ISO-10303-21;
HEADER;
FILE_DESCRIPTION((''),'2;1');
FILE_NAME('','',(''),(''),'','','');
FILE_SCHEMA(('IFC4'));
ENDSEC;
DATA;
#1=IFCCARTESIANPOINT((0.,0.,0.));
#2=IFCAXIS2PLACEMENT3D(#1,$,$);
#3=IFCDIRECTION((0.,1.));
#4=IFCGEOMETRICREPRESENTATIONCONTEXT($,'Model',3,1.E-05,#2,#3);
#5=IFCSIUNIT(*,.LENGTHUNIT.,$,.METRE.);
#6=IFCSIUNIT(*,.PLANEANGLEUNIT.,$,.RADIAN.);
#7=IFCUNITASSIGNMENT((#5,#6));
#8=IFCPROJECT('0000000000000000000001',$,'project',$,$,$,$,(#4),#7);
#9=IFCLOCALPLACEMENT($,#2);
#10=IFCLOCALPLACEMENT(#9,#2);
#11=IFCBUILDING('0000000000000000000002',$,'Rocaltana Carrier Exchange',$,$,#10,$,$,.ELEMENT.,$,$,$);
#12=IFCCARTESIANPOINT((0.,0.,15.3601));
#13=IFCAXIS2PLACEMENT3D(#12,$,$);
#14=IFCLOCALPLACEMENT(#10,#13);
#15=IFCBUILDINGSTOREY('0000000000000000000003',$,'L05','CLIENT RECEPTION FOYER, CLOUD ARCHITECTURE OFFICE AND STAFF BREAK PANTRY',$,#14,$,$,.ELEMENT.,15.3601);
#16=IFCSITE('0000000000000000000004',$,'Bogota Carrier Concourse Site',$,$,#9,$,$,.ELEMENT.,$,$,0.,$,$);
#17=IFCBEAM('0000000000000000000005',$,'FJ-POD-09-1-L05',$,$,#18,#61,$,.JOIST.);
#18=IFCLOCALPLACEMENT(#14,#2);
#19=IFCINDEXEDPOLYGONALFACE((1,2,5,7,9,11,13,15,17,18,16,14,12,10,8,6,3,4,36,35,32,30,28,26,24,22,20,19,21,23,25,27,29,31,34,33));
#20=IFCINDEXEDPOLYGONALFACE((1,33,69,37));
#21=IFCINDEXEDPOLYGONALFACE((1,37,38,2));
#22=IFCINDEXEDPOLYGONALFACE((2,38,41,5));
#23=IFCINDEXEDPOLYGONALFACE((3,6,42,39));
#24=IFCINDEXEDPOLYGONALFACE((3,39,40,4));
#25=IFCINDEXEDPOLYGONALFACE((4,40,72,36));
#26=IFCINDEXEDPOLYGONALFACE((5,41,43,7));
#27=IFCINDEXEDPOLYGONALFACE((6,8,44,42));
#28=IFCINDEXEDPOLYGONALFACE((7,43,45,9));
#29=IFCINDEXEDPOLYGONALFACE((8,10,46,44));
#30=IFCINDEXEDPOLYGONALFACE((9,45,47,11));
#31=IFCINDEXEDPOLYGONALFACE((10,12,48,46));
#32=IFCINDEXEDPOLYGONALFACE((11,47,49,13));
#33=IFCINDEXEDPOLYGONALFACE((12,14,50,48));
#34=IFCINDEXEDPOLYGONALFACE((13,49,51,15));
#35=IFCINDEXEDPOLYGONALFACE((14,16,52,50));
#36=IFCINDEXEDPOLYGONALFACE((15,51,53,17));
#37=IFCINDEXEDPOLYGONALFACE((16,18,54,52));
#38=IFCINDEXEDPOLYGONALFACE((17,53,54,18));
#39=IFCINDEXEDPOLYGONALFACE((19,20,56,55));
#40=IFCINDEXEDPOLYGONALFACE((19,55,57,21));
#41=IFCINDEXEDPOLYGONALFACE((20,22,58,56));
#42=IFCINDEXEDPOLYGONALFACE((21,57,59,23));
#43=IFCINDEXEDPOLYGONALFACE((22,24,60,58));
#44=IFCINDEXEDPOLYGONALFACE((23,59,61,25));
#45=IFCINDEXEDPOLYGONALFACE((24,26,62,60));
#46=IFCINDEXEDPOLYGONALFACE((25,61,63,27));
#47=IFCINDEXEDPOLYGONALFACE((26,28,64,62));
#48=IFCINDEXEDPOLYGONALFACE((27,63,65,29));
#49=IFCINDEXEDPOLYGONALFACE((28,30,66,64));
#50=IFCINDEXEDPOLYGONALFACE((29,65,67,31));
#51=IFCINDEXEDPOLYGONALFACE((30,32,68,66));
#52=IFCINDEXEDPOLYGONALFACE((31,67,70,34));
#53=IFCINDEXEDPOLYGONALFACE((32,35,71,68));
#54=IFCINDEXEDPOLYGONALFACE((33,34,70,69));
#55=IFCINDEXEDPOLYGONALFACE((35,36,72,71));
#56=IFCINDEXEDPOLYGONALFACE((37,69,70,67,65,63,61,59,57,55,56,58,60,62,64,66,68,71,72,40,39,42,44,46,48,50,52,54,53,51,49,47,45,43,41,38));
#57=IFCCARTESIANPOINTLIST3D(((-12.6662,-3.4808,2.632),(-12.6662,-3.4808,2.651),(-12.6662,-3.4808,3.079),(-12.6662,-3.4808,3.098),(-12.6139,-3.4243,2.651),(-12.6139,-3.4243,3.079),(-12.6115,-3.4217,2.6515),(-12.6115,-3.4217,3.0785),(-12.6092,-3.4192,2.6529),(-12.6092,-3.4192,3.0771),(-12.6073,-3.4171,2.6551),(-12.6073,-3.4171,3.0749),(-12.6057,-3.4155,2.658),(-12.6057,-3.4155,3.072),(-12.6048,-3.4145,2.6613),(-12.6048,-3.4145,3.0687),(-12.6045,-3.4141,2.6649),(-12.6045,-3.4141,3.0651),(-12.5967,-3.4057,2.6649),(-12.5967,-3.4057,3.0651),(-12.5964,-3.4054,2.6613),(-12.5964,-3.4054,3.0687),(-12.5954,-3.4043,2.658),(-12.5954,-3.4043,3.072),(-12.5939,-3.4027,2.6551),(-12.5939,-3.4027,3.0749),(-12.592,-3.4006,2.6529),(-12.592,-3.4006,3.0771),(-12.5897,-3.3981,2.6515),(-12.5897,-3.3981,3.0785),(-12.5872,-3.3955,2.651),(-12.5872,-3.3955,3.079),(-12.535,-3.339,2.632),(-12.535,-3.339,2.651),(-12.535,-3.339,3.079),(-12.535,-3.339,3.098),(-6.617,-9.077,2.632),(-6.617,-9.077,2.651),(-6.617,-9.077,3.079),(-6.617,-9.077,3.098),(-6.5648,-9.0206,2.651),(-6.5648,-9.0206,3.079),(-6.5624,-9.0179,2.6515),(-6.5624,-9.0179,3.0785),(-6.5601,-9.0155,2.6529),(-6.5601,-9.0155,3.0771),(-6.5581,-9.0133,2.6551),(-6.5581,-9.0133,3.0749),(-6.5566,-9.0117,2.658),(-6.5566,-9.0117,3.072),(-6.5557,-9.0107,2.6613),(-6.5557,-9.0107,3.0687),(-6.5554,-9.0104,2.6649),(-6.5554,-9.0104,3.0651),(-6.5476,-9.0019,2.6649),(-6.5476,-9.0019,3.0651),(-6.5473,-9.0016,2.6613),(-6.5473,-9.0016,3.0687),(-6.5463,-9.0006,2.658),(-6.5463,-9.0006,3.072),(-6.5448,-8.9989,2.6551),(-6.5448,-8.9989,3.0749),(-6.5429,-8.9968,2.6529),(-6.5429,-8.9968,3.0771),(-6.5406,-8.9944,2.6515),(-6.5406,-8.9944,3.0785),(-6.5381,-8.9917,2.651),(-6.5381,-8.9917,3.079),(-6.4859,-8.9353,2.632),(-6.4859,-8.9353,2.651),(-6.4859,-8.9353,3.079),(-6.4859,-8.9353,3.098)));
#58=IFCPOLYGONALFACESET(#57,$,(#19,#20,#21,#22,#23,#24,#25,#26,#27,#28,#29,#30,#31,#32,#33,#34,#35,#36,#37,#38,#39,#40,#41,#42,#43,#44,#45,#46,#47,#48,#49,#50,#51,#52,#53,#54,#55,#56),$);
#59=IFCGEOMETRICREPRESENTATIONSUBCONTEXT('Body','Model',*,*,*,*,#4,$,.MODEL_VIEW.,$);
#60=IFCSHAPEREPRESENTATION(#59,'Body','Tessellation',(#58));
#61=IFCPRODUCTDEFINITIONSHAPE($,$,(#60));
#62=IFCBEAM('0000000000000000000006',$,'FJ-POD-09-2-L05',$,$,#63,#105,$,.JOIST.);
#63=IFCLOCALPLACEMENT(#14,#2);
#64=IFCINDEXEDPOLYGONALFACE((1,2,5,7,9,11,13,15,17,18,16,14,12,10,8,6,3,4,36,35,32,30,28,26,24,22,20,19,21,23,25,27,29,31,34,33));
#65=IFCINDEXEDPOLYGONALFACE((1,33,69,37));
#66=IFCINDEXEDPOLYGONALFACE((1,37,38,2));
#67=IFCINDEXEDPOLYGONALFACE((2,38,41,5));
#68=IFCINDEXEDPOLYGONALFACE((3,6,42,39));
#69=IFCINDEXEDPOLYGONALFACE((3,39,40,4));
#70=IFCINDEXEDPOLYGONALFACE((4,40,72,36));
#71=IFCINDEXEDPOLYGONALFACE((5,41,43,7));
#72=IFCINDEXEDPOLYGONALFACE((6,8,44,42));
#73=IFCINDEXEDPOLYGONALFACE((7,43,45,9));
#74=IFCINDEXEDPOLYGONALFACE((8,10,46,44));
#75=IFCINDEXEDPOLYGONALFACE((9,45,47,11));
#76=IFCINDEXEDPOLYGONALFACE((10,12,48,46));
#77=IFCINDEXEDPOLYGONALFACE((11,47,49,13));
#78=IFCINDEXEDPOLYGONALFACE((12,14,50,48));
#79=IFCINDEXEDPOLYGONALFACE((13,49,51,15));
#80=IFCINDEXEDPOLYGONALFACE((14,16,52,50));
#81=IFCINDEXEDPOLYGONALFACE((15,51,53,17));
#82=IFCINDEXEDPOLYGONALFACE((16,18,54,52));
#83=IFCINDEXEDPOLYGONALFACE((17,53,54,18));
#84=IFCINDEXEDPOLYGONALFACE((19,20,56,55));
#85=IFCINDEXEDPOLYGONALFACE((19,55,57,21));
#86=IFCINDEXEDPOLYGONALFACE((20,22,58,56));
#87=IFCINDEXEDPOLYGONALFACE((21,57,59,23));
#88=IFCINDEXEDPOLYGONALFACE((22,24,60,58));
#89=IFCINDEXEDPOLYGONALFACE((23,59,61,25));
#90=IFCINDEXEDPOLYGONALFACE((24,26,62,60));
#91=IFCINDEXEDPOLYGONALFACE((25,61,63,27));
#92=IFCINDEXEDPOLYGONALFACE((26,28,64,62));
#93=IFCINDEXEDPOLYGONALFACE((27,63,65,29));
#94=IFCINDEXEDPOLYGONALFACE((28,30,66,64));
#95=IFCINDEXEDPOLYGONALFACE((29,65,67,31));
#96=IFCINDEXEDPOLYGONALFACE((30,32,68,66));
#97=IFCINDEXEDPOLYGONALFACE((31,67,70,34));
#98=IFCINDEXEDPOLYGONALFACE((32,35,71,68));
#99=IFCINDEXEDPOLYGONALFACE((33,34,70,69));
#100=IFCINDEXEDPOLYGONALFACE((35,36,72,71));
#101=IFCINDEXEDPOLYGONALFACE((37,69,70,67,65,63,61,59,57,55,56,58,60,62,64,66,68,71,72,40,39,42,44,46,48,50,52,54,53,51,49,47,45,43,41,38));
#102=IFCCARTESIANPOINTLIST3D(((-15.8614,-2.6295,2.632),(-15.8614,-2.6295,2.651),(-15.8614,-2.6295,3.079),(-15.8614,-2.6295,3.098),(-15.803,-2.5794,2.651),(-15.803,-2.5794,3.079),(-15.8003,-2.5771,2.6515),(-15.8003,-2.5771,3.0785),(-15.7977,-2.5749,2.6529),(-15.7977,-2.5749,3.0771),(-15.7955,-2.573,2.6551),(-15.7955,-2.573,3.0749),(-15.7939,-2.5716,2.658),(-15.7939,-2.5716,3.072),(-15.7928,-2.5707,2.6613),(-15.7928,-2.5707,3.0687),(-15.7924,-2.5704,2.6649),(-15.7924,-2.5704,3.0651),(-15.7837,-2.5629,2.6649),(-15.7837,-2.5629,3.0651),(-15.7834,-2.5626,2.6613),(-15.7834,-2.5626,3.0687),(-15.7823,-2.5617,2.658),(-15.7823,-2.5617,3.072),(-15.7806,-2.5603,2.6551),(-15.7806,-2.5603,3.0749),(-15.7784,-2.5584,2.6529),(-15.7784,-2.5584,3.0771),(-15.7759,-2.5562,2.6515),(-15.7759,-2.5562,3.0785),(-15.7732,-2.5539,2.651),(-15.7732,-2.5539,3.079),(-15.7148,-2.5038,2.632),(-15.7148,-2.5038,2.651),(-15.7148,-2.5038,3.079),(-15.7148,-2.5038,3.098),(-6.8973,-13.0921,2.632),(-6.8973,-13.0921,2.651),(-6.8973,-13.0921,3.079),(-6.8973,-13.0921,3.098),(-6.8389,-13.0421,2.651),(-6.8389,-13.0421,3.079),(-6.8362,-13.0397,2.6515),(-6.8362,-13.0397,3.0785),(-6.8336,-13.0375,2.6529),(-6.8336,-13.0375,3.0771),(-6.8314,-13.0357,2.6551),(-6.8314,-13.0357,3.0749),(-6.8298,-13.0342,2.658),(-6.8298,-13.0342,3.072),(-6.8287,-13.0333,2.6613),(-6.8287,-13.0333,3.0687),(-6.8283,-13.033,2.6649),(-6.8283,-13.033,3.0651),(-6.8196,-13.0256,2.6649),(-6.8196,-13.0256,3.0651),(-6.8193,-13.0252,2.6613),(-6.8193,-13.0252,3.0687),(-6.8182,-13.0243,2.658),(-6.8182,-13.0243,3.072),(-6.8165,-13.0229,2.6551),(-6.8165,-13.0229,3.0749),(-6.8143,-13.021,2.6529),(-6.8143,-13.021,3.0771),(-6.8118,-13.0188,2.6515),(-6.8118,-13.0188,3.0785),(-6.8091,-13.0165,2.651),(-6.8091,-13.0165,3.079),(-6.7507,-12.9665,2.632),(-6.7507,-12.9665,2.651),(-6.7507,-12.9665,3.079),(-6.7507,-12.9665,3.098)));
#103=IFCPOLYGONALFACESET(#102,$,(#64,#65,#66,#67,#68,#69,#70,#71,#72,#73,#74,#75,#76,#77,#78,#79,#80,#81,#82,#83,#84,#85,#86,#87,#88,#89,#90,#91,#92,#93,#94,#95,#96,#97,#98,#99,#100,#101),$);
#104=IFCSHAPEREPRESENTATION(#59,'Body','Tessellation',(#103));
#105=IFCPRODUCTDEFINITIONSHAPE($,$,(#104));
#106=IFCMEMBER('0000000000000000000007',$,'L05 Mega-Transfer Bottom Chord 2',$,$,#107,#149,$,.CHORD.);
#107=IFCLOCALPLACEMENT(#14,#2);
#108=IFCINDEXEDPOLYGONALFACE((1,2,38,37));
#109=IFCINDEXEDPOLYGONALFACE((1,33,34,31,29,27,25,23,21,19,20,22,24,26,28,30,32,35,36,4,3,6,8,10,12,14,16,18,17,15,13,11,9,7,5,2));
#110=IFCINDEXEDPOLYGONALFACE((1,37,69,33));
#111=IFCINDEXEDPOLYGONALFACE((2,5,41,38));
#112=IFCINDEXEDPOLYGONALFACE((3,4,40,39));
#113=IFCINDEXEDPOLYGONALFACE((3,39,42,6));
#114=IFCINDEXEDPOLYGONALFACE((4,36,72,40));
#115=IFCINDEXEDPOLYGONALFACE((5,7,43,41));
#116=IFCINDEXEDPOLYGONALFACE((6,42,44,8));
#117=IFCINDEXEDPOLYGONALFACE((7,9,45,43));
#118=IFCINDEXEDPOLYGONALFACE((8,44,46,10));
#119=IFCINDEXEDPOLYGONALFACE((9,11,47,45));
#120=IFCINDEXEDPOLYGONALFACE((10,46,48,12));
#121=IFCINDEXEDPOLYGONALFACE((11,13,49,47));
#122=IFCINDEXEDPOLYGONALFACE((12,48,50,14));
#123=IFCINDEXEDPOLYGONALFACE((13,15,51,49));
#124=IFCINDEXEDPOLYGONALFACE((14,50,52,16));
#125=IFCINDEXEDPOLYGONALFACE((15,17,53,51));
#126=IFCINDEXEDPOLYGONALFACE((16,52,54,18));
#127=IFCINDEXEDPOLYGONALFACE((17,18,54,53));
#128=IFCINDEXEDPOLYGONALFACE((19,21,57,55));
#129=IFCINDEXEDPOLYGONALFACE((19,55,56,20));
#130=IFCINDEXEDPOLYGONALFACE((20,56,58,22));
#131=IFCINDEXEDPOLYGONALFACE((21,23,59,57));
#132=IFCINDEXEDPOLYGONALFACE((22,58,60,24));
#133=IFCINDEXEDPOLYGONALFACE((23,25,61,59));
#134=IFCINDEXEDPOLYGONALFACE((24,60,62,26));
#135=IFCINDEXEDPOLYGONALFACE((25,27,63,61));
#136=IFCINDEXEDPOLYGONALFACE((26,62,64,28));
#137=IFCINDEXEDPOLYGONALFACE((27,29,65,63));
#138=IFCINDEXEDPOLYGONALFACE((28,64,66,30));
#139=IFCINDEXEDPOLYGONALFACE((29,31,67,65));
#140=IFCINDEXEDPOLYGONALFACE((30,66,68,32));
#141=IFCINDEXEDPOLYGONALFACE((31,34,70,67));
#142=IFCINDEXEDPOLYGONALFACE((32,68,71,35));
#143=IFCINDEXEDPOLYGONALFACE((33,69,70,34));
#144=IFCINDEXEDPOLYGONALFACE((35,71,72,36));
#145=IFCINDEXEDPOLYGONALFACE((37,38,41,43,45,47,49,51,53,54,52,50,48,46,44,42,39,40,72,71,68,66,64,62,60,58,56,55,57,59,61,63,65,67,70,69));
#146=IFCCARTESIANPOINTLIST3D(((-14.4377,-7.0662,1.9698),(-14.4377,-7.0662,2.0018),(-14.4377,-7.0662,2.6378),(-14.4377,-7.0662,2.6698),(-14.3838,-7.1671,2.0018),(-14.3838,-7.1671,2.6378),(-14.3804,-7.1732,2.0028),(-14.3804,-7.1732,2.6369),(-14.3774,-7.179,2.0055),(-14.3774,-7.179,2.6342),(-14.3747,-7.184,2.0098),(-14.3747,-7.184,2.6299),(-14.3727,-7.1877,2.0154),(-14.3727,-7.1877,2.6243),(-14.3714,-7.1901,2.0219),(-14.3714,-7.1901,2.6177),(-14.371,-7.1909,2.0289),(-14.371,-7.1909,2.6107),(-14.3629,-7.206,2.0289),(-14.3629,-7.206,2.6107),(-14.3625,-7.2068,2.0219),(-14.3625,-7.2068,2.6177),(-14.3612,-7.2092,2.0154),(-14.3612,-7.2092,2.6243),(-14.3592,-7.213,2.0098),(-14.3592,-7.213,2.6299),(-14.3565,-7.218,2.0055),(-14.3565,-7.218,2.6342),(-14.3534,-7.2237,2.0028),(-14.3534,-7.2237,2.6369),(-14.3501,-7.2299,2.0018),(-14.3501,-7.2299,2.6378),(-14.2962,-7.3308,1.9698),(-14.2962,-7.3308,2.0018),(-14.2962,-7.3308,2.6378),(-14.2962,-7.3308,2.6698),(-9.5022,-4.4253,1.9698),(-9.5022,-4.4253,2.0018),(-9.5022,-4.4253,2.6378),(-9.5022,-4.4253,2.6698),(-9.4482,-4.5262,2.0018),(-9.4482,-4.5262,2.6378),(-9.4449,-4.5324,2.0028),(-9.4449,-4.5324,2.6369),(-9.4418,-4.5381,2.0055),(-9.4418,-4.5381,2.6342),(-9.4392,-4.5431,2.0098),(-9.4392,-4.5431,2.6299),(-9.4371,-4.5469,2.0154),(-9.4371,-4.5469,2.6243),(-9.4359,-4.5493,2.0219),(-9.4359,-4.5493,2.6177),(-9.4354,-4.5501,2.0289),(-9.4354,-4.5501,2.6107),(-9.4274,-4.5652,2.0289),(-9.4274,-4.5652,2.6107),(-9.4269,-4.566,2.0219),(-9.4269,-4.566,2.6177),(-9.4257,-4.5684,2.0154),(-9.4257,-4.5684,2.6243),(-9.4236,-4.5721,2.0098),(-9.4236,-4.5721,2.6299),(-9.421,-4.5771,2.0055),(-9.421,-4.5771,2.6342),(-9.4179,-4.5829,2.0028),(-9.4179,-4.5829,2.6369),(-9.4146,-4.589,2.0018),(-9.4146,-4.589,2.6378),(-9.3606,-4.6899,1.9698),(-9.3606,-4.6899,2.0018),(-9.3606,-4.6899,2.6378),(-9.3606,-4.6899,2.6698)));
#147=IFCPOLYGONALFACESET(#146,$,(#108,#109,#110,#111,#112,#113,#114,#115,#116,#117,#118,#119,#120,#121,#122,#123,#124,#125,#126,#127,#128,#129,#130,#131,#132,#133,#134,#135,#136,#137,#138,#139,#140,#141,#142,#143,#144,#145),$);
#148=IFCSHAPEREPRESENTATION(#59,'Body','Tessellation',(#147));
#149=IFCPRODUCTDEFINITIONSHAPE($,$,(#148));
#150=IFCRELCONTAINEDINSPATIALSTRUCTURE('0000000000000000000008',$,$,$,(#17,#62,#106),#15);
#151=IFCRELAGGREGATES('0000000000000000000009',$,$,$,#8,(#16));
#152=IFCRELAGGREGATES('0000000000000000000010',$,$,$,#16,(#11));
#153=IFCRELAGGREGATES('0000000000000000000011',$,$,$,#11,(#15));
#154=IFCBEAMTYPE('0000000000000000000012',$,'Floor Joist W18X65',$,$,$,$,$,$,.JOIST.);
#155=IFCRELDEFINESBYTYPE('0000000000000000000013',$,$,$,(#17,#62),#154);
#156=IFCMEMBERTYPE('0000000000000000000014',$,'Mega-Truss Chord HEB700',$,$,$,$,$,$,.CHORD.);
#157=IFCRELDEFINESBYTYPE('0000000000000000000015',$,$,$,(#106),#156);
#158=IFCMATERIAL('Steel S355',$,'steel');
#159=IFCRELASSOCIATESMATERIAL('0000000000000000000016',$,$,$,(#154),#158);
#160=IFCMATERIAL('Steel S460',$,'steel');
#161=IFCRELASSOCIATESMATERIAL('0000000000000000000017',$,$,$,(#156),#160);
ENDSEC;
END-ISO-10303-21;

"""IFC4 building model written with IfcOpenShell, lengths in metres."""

from ifc_helpers import new_model, si_unit, direction, frame, origin, origin_2d, place, context, subcontext, project, spatial, i_section, extrude, material, material_profile, profile_set, type_object, element, save


model = new_model("IFC4")

# Units and contexts
model_context = context("Model", 3, precision=1e-05, world=origin(), true_north=direction((0.0, 1.0)))
body_context = subcontext(model_context, "Body", "Model", "MODEL_VIEW")
ifc_project = project(units=[si_unit("LENGTHUNIT", "METRE"), si_unit("PLANEANGLEUNIT", "RADIAN")], contexts=[model_context])

# Site, building, storey
site_placement = place(None, origin())
site = spatial("IfcSite", under=ifc_project, at=site_placement, Name="Bogota Carrier Concourse Site", CompositionType="ELEMENT", RefElevation=0.0)
building_placement = place(site_placement, origin())
building = spatial("IfcBuilding", under=site, at=building_placement, Name="Rocaltana Carrier Exchange", CompositionType="ELEMENT")
storey_placement = place(building_placement, frame((0.0, 0.0, 15.3601)))
storey = spatial("IfcBuildingStorey", under=building, at=storey_placement, Name="L05", Description="CLIENT RECEPTION FOYER, CLOUD ARCHITECTURE OFFICE AND STAFF BREAK PANTRY", CompositionType="ELEMENT", Elevation=15.3601)

# Beams
ifc_material_1 = material(Name="Steel S355", Category="steel")
ifc_material_profile_1 = material_profile(ifc_material_1, i_section(OverallWidth=0.1931, OverallDepth=0.4661, WebThickness=0.0115, FlangeThickness=0.019, FilletRadius=0.0139, at=origin_2d()), Name="W18X65")
ifc_profile_set_1 = profile_set([ifc_material_profile_1], Name="Steel S355")
beam_type_1 = type_object("IfcBeamType", Name="Floor Joist W18X65", PredefinedType="JOIST", material=ifc_profile_set_1)
beam_1_placement = place(storey_placement, frame((-12.6006, -3.4099, 2.865), z_axis=(0.734051, -0.679094, 0.0), x_axis=(0.679094, 0.734051, 0.0)))
element("IfcBeam", 1, at=beam_1_placement, inside=storey, type_object=beam_type_1, Name="FJ-POD-09-1-L05", PredefinedType="JOIST", context=body_context, shape_type="SweptSolid", body=[
    extrude(i_section(OverallWidth=0.1931, OverallDepth=0.4661, WebThickness=0.0115, FlangeThickness=0.019, FilletRadius=0.0139, at=origin_2d()), origin(), (0.0, 0.0, 1.0), 8.2407),
])
beam_2_placement = place(storey_placement, frame((-15.7881, -2.5667, 2.865), z_axis=(0.650629, -0.759395, 0.0), x_axis=(0.759395, 0.650629, 0.0)))
element("IfcBeam", 2, at=beam_2_placement, inside=storey, type_object=beam_type_1, Name="FJ-POD-09-2-L05", PredefinedType="JOIST", context=body_context, shape_type="SweptSolid", body=[
    extrude(i_section(OverallWidth=0.1931, OverallDepth=0.4661, WebThickness=0.0115, FlangeThickness=0.019, FilletRadius=0.0139, at=origin_2d()), origin(), (0.0, 0.0, 1.0), 13.7776),
])

# Member
ifc_material_2 = material(Name="Steel S460", Category="steel")
ifc_material_profile_2 = material_profile(ifc_material_2, i_section(OverallWidth=0.3, OverallDepth=0.7, WebThickness=0.0171, FlangeThickness=0.032, FilletRadius=0.0271, at=origin_2d()), Name="HEB700")
ifc_profile_set_2 = profile_set([ifc_material_profile_2], Name="Steel S460")
member_type_1 = type_object("IfcMemberType", Name="Mega-Truss Chord HEB700", PredefinedType="CHORD", material=ifc_profile_set_2)
member_1_placement = place(storey_placement, frame((-9.4314, -4.5576, 2.3198), z_axis=(-0.881716, -0.471781, 0.0), x_axis=(0.471781, -0.881716, 0.0)))
element("IfcMember", 3, at=member_1_placement, inside=storey, type_object=member_type_1, Name="L05 Mega-Transfer Bottom Chord 2", PredefinedType="CHORD", context=body_context, shape_type="SweptSolid", body=[
    extrude(i_section(OverallWidth=0.3, OverallDepth=0.7, WebThickness=0.0171, FlangeThickness=0.032, FilletRadius=0.0271, at=origin_2d()), origin(), (0.0, 0.0, 1.0), 5.5977),
])

save(model, "model.ifc")
